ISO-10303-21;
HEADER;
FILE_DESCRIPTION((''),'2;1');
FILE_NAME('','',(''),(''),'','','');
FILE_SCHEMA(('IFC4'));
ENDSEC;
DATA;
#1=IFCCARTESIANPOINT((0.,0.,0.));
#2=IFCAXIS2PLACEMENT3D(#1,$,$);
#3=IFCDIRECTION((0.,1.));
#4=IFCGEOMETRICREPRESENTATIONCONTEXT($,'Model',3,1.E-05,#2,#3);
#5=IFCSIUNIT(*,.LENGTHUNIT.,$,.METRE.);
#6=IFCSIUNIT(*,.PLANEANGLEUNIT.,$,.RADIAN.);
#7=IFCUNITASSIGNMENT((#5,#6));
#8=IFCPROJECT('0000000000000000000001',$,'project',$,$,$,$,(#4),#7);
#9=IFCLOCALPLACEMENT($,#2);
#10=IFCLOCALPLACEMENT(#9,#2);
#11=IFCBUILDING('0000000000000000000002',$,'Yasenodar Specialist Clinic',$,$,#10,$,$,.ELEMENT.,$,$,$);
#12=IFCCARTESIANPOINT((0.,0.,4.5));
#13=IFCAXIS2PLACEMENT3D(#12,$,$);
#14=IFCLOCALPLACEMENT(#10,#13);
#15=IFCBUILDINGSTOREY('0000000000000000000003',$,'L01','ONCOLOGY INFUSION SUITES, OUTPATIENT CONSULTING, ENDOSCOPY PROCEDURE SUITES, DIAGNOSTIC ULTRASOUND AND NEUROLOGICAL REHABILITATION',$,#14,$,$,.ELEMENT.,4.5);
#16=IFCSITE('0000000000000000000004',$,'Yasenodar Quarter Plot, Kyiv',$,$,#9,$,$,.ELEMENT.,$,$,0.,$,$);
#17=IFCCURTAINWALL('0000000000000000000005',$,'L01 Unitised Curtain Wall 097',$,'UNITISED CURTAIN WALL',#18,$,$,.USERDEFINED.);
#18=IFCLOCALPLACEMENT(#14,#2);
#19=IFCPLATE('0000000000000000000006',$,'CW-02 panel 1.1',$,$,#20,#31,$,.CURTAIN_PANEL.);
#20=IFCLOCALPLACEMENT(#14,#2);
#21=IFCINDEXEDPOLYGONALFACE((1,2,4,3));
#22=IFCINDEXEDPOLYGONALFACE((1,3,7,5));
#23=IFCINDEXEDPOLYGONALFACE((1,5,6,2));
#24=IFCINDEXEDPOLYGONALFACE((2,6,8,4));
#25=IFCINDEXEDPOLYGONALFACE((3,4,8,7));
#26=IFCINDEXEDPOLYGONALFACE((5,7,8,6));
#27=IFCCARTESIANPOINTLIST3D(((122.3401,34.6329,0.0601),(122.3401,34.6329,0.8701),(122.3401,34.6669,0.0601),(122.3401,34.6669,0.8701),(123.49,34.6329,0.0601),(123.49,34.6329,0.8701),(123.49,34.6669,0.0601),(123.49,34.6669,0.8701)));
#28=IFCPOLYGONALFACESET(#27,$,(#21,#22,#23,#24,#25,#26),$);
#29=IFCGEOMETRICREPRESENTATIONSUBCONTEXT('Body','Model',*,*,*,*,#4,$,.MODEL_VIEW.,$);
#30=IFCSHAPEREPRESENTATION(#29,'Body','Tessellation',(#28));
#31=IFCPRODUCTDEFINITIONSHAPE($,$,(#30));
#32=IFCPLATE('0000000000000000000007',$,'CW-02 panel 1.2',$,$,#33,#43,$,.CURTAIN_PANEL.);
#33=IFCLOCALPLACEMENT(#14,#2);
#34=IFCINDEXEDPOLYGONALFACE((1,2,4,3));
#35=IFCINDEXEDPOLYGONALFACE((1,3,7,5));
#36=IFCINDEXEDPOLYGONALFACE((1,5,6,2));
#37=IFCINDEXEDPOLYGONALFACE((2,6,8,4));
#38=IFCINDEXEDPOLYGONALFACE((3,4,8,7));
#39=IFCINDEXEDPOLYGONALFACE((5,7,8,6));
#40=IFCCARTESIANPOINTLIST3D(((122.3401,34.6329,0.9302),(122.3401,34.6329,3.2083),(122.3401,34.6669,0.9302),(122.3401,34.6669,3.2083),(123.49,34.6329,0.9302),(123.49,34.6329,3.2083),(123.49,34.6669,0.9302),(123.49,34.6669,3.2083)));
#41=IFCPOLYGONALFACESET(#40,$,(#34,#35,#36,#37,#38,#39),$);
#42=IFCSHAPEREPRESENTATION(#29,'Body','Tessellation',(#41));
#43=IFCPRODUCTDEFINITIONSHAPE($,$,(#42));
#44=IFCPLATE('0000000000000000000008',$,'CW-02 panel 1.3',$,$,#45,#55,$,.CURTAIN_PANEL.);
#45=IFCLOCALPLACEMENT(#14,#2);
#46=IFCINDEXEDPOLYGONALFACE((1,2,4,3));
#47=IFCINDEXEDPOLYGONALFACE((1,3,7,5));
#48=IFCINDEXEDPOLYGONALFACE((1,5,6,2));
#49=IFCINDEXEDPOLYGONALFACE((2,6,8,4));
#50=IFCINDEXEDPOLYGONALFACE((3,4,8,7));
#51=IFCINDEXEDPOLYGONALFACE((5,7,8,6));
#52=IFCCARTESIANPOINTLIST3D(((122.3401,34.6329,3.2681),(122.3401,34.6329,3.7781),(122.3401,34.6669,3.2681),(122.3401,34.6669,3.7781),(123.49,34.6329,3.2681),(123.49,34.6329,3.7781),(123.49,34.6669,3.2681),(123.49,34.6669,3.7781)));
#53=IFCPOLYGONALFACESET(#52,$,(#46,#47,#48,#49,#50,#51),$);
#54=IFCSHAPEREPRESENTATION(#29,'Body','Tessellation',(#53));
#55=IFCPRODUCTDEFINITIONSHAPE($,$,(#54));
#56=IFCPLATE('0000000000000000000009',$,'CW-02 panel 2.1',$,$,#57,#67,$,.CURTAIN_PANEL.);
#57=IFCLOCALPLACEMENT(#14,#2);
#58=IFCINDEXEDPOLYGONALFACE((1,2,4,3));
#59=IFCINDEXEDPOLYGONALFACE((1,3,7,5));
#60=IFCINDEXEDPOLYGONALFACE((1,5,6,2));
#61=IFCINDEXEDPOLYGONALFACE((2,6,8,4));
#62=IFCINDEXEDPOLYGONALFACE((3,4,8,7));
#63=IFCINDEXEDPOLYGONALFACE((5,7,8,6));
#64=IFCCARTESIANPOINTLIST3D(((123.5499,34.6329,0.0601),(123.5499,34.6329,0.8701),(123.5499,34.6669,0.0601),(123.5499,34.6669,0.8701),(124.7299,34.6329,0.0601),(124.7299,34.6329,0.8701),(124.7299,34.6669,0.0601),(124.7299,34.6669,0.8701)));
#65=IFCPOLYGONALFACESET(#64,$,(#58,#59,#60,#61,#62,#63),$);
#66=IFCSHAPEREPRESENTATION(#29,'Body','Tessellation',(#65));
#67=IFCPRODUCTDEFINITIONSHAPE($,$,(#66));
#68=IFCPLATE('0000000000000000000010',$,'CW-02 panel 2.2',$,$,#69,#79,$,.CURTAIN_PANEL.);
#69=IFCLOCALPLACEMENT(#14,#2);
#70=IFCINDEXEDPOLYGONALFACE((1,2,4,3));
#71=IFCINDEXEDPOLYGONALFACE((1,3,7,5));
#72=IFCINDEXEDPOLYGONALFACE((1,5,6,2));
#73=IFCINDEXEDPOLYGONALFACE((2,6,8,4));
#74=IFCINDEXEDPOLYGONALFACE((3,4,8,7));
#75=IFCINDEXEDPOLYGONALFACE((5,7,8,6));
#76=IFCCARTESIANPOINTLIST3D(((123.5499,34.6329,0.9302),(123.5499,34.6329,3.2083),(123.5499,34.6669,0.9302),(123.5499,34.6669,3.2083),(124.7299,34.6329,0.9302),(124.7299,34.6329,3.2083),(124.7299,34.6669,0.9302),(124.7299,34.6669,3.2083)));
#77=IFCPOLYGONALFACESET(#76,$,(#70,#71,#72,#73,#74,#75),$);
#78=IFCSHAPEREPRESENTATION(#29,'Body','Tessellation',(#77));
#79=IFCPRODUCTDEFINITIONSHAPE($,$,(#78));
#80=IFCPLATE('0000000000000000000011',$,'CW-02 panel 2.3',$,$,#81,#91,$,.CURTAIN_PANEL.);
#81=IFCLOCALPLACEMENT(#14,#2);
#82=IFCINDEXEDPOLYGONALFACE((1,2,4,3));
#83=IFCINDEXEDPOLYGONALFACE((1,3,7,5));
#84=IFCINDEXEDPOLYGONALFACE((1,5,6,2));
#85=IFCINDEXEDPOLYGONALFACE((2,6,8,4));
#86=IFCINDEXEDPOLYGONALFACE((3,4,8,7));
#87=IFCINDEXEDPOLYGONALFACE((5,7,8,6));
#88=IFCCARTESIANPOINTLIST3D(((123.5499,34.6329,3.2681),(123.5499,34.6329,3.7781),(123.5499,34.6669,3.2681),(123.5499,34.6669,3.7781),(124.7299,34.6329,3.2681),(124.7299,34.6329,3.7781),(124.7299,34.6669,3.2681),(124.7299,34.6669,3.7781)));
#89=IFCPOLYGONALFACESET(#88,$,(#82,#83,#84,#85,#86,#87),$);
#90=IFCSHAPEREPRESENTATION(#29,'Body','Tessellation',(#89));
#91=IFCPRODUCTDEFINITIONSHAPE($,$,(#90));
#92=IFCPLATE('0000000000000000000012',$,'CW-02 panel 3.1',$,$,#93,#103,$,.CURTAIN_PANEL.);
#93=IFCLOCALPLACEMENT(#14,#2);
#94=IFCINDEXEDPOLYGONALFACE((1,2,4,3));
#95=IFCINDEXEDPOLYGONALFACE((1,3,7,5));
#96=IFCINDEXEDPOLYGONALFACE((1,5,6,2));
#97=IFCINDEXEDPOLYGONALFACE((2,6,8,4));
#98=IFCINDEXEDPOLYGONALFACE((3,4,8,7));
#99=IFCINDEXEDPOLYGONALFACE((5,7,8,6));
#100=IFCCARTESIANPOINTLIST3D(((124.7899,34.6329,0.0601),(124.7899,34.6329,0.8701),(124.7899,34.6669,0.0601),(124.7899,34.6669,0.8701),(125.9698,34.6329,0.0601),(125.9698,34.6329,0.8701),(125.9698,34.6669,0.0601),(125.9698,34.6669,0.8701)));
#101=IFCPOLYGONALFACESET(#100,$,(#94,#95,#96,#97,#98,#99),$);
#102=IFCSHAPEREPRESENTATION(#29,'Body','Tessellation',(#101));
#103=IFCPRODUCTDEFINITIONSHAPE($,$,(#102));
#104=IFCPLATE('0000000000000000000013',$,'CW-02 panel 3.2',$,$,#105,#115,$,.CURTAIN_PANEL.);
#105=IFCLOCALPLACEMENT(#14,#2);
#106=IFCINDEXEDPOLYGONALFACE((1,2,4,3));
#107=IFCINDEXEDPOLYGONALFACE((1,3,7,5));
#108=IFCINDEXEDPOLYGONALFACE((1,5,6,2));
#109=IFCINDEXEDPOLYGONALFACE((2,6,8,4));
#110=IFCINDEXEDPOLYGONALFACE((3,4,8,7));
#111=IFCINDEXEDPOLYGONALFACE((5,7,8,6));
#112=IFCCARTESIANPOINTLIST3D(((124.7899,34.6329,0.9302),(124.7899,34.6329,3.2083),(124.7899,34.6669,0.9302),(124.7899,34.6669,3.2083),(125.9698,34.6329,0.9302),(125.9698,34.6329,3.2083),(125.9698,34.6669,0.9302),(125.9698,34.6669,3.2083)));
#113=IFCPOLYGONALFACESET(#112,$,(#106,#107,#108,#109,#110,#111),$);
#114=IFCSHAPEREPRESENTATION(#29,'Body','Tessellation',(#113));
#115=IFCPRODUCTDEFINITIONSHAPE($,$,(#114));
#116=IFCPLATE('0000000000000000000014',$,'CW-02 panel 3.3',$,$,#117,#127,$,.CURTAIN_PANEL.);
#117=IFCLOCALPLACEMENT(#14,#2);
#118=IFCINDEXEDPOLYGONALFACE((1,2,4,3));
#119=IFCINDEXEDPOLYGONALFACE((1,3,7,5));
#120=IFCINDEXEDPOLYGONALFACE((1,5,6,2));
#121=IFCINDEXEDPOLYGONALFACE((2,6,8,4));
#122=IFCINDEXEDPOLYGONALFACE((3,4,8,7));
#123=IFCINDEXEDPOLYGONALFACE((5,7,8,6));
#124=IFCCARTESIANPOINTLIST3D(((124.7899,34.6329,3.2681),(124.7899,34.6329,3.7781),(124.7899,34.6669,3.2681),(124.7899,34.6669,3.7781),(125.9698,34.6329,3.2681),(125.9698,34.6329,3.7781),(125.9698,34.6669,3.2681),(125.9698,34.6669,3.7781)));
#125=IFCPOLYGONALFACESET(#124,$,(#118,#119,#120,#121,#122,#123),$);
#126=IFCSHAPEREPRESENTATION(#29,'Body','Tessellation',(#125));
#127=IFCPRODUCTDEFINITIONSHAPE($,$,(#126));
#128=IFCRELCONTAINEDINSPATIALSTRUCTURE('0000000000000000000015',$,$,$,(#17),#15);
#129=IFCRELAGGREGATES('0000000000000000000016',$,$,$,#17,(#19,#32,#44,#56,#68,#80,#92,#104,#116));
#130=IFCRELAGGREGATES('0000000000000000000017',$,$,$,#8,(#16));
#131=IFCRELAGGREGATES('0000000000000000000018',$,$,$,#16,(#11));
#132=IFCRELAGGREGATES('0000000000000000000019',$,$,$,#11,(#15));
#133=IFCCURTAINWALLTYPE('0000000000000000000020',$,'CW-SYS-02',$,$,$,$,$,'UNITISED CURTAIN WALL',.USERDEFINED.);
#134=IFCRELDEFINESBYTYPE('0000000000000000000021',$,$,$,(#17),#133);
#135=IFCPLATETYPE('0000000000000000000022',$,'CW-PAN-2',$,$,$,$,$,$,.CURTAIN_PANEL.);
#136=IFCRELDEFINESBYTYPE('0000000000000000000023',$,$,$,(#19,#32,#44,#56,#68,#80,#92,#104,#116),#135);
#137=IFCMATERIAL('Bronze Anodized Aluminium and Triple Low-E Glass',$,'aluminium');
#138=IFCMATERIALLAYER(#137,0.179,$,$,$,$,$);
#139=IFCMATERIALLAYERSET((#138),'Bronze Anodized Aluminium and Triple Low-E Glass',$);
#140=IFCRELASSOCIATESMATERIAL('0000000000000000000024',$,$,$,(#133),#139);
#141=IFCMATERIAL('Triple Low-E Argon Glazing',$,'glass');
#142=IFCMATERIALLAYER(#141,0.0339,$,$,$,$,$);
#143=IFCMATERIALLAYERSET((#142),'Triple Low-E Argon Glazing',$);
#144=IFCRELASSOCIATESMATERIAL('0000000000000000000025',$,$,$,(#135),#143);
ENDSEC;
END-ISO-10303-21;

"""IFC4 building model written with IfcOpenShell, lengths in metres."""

from ifc_helpers import new_model, si_unit, direction, frame, origin, origin_2d, place, context, subcontext, project, spatial, rectangle, extrude, material, layer, layer_set, type_object, element, aggregate, save


model = new_model("IFC4")

# Units and contexts
model_context = context("Model", 3, precision=1e-05, world=origin(), true_north=direction((0.0, 1.0)))
body_context = subcontext(model_context, "Body", "Model", "MODEL_VIEW")
ifc_project = project(units=[si_unit("LENGTHUNIT", "METRE"), si_unit("PLANEANGLEUNIT", "RADIAN")], contexts=[model_context])

# Site, building, storey
site_placement = place(None, origin())
site = spatial("IfcSite", under=ifc_project, at=site_placement, Name="Yasenodar Quarter Plot, Kyiv", CompositionType="ELEMENT", RefElevation=0.0)
building_placement = place(site_placement, origin())
building = spatial("IfcBuilding", under=site, at=building_placement, Name="Yasenodar Specialist Clinic", CompositionType="ELEMENT")
storey_placement = place(building_placement, frame((0.0, 0.0, 4.5)))
storey = spatial("IfcBuildingStorey", under=building, at=storey_placement, Name="L01", Description="ONCOLOGY INFUSION SUITES, OUTPATIENT CONSULTING, ENDOSCOPY PROCEDURE SUITES, DIAGNOSTIC ULTRASOUND AND NEUROLOGICAL REHABILITATION", CompositionType="ELEMENT", Elevation=4.5)

# Curtain wall, plates
ifc_material_1 = material(Name="Bronze Anodized Aluminium and Triple Low-E Glass", Category="aluminium")
ifc_layer_1 = layer(ifc_material_1, 0.179)
ifc_layer_set_1 = layer_set([ifc_layer_1], Name="Bronze Anodized Aluminium and Triple Low-E Glass")
curtain_wall_type = type_object("IfcCurtainWallType", Name="CW-SYS-02", ElementType="UNITISED CURTAIN WALL", PredefinedType="USERDEFINED", material=ifc_layer_set_1)
curtain_wall_placement = place(storey_placement, origin())
curtain_wall = element("IfcCurtainWall", 1, at=curtain_wall_placement, inside=storey, type_object=curtain_wall_type, Name="L01 Unitised Curtain Wall 097", ObjectType="UNITISED CURTAIN WALL", PredefinedType="USERDEFINED")
ifc_material_2 = material(Name="Triple Low-E Argon Glazing", Category="glass")
ifc_layer_2 = layer(ifc_material_2, 0.0339)
ifc_layer_set_2 = layer_set([ifc_layer_2], Name="Triple Low-E Argon Glazing")
plate_type = type_object("IfcPlateType", Name="CW-PAN-2", PredefinedType="CURTAIN_PANEL", material=ifc_layer_set_2)
plate_1_placement = place(storey_placement, frame((122.915, 34.6499, 0.0601), z_axis=(0.0, 0.0, 1.0), x_axis=(1.0, 0.0, 0.0)))
plate_1 = element("IfcPlate", 2, at=plate_1_placement, type_object=plate_type, Name="CW-02 panel 1.1", PredefinedType="CURTAIN_PANEL", context=body_context, shape_type="SweptSolid", body=[
    extrude(rectangle(XDim=1.1499, YDim=0.0339, at=origin_2d()), origin(), (0.0, 0.0, 1.0), 0.8101),
])
plate_2_placement = place(storey_placement, frame((122.915, 34.6499, 0.9302), z_axis=(0.0, 0.0, 1.0), x_axis=(1.0, 0.0, 0.0)))
plate_2 = element("IfcPlate", 3, at=plate_2_placement, type_object=plate_type, Name="CW-02 panel 1.2", PredefinedType="CURTAIN_PANEL", context=body_context, shape_type="SweptSolid", body=[
    extrude(rectangle(XDim=1.1499, YDim=0.0339, at=origin_2d()), origin(), (0.0, 0.0, 1.0), 2.2781),
])
plate_3_placement = place(storey_placement, frame((122.915, 34.6499, 3.2681), z_axis=(0.0, 0.0, 1.0), x_axis=(1.0, 0.0, 0.0)))
plate_3 = element("IfcPlate", 4, at=plate_3_placement, type_object=plate_type, Name="CW-02 panel 1.3", PredefinedType="CURTAIN_PANEL", context=body_context, shape_type="SweptSolid", body=[
    extrude(rectangle(XDim=1.1499, YDim=0.0339, at=origin_2d()), origin(), (0.0, 0.0, 1.0), 0.51),
])
plate_4_placement = place(storey_placement, frame((124.1399, 34.6499, 0.0601), z_axis=(0.0, 0.0, 1.0), x_axis=(1.0, 0.0, 0.0)))
plate_4 = element("IfcPlate", 5, at=plate_4_placement, type_object=plate_type, Name="CW-02 panel 2.1", PredefinedType="CURTAIN_PANEL", context=body_context, shape_type="SweptSolid", body=[
    extrude(rectangle(XDim=1.1799, YDim=0.0339, at=origin_2d()), origin(), (0.0, 0.0, 1.0), 0.8101),
])
plate_5_placement = place(storey_placement, frame((124.1399, 34.6499, 0.9302), z_axis=(0.0, 0.0, 1.0), x_axis=(1.0, 0.0, 0.0)))
plate_5 = element("IfcPlate", 6, at=plate_5_placement, type_object=plate_type, Name="CW-02 panel 2.2", PredefinedType="CURTAIN_PANEL", context=body_context, shape_type="SweptSolid", body=[
    extrude(rectangle(XDim=1.1799, YDim=0.0339, at=origin_2d()), origin(), (0.0, 0.0, 1.0), 2.2781),
])
plate_6_placement = place(storey_placement, frame((124.1399, 34.6499, 3.2681), z_axis=(0.0, 0.0, 1.0), x_axis=(1.0, 0.0, 0.0)))
plate_6 = element("IfcPlate", 7, at=plate_6_placement, type_object=plate_type, Name="CW-02 panel 2.3", PredefinedType="CURTAIN_PANEL", context=body_context, shape_type="SweptSolid", body=[
    extrude(rectangle(XDim=1.1799, YDim=0.0339, at=origin_2d()), origin(), (0.0, 0.0, 1.0), 0.51),
])
plate_7_placement = place(storey_placement, frame((125.3799, 34.6499, 0.0601), z_axis=(0.0, 0.0, 1.0), x_axis=(1.0, 0.0, 0.0)))
plate_7 = element("IfcPlate", 8, at=plate_7_placement, type_object=plate_type, Name="CW-02 panel 3.1", PredefinedType="CURTAIN_PANEL", context=body_context, shape_type="SweptSolid", body=[
    extrude(rectangle(XDim=1.1799, YDim=0.0339, at=origin_2d()), origin(), (0.0, 0.0, 1.0), 0.8101),
])
plate_8_placement = place(storey_placement, frame((125.3799, 34.6499, 0.9302), z_axis=(0.0, 0.0, 1.0), x_axis=(1.0, 0.0, 0.0)))
plate_8 = element("IfcPlate", 9, at=plate_8_placement, type_object=plate_type, Name="CW-02 panel 3.2", PredefinedType="CURTAIN_PANEL", context=body_context, shape_type="SweptSolid", body=[
    extrude(rectangle(XDim=1.1799, YDim=0.0339, at=origin_2d()), origin(), (0.0, 0.0, 1.0), 2.2781),
])
plate_9_placement = place(storey_placement, frame((125.3799, 34.6499, 3.2681), z_axis=(0.0, 0.0, 1.0), x_axis=(1.0, 0.0, 0.0)))
plate_9 = element("IfcPlate", 10, at=plate_9_placement, type_object=plate_type, Name="CW-02 panel 3.3", PredefinedType="CURTAIN_PANEL", context=body_context, shape_type="SweptSolid", body=[
    extrude(rectangle(XDim=1.1799, YDim=0.0339, at=origin_2d()), origin(), (0.0, 0.0, 1.0), 0.51),
])
aggregate(curtain_wall, [plate_1, plate_2, plate_3, plate_4, plate_5, plate_6, plate_7, plate_8, plate_9])

save(model, "model.ifc")
